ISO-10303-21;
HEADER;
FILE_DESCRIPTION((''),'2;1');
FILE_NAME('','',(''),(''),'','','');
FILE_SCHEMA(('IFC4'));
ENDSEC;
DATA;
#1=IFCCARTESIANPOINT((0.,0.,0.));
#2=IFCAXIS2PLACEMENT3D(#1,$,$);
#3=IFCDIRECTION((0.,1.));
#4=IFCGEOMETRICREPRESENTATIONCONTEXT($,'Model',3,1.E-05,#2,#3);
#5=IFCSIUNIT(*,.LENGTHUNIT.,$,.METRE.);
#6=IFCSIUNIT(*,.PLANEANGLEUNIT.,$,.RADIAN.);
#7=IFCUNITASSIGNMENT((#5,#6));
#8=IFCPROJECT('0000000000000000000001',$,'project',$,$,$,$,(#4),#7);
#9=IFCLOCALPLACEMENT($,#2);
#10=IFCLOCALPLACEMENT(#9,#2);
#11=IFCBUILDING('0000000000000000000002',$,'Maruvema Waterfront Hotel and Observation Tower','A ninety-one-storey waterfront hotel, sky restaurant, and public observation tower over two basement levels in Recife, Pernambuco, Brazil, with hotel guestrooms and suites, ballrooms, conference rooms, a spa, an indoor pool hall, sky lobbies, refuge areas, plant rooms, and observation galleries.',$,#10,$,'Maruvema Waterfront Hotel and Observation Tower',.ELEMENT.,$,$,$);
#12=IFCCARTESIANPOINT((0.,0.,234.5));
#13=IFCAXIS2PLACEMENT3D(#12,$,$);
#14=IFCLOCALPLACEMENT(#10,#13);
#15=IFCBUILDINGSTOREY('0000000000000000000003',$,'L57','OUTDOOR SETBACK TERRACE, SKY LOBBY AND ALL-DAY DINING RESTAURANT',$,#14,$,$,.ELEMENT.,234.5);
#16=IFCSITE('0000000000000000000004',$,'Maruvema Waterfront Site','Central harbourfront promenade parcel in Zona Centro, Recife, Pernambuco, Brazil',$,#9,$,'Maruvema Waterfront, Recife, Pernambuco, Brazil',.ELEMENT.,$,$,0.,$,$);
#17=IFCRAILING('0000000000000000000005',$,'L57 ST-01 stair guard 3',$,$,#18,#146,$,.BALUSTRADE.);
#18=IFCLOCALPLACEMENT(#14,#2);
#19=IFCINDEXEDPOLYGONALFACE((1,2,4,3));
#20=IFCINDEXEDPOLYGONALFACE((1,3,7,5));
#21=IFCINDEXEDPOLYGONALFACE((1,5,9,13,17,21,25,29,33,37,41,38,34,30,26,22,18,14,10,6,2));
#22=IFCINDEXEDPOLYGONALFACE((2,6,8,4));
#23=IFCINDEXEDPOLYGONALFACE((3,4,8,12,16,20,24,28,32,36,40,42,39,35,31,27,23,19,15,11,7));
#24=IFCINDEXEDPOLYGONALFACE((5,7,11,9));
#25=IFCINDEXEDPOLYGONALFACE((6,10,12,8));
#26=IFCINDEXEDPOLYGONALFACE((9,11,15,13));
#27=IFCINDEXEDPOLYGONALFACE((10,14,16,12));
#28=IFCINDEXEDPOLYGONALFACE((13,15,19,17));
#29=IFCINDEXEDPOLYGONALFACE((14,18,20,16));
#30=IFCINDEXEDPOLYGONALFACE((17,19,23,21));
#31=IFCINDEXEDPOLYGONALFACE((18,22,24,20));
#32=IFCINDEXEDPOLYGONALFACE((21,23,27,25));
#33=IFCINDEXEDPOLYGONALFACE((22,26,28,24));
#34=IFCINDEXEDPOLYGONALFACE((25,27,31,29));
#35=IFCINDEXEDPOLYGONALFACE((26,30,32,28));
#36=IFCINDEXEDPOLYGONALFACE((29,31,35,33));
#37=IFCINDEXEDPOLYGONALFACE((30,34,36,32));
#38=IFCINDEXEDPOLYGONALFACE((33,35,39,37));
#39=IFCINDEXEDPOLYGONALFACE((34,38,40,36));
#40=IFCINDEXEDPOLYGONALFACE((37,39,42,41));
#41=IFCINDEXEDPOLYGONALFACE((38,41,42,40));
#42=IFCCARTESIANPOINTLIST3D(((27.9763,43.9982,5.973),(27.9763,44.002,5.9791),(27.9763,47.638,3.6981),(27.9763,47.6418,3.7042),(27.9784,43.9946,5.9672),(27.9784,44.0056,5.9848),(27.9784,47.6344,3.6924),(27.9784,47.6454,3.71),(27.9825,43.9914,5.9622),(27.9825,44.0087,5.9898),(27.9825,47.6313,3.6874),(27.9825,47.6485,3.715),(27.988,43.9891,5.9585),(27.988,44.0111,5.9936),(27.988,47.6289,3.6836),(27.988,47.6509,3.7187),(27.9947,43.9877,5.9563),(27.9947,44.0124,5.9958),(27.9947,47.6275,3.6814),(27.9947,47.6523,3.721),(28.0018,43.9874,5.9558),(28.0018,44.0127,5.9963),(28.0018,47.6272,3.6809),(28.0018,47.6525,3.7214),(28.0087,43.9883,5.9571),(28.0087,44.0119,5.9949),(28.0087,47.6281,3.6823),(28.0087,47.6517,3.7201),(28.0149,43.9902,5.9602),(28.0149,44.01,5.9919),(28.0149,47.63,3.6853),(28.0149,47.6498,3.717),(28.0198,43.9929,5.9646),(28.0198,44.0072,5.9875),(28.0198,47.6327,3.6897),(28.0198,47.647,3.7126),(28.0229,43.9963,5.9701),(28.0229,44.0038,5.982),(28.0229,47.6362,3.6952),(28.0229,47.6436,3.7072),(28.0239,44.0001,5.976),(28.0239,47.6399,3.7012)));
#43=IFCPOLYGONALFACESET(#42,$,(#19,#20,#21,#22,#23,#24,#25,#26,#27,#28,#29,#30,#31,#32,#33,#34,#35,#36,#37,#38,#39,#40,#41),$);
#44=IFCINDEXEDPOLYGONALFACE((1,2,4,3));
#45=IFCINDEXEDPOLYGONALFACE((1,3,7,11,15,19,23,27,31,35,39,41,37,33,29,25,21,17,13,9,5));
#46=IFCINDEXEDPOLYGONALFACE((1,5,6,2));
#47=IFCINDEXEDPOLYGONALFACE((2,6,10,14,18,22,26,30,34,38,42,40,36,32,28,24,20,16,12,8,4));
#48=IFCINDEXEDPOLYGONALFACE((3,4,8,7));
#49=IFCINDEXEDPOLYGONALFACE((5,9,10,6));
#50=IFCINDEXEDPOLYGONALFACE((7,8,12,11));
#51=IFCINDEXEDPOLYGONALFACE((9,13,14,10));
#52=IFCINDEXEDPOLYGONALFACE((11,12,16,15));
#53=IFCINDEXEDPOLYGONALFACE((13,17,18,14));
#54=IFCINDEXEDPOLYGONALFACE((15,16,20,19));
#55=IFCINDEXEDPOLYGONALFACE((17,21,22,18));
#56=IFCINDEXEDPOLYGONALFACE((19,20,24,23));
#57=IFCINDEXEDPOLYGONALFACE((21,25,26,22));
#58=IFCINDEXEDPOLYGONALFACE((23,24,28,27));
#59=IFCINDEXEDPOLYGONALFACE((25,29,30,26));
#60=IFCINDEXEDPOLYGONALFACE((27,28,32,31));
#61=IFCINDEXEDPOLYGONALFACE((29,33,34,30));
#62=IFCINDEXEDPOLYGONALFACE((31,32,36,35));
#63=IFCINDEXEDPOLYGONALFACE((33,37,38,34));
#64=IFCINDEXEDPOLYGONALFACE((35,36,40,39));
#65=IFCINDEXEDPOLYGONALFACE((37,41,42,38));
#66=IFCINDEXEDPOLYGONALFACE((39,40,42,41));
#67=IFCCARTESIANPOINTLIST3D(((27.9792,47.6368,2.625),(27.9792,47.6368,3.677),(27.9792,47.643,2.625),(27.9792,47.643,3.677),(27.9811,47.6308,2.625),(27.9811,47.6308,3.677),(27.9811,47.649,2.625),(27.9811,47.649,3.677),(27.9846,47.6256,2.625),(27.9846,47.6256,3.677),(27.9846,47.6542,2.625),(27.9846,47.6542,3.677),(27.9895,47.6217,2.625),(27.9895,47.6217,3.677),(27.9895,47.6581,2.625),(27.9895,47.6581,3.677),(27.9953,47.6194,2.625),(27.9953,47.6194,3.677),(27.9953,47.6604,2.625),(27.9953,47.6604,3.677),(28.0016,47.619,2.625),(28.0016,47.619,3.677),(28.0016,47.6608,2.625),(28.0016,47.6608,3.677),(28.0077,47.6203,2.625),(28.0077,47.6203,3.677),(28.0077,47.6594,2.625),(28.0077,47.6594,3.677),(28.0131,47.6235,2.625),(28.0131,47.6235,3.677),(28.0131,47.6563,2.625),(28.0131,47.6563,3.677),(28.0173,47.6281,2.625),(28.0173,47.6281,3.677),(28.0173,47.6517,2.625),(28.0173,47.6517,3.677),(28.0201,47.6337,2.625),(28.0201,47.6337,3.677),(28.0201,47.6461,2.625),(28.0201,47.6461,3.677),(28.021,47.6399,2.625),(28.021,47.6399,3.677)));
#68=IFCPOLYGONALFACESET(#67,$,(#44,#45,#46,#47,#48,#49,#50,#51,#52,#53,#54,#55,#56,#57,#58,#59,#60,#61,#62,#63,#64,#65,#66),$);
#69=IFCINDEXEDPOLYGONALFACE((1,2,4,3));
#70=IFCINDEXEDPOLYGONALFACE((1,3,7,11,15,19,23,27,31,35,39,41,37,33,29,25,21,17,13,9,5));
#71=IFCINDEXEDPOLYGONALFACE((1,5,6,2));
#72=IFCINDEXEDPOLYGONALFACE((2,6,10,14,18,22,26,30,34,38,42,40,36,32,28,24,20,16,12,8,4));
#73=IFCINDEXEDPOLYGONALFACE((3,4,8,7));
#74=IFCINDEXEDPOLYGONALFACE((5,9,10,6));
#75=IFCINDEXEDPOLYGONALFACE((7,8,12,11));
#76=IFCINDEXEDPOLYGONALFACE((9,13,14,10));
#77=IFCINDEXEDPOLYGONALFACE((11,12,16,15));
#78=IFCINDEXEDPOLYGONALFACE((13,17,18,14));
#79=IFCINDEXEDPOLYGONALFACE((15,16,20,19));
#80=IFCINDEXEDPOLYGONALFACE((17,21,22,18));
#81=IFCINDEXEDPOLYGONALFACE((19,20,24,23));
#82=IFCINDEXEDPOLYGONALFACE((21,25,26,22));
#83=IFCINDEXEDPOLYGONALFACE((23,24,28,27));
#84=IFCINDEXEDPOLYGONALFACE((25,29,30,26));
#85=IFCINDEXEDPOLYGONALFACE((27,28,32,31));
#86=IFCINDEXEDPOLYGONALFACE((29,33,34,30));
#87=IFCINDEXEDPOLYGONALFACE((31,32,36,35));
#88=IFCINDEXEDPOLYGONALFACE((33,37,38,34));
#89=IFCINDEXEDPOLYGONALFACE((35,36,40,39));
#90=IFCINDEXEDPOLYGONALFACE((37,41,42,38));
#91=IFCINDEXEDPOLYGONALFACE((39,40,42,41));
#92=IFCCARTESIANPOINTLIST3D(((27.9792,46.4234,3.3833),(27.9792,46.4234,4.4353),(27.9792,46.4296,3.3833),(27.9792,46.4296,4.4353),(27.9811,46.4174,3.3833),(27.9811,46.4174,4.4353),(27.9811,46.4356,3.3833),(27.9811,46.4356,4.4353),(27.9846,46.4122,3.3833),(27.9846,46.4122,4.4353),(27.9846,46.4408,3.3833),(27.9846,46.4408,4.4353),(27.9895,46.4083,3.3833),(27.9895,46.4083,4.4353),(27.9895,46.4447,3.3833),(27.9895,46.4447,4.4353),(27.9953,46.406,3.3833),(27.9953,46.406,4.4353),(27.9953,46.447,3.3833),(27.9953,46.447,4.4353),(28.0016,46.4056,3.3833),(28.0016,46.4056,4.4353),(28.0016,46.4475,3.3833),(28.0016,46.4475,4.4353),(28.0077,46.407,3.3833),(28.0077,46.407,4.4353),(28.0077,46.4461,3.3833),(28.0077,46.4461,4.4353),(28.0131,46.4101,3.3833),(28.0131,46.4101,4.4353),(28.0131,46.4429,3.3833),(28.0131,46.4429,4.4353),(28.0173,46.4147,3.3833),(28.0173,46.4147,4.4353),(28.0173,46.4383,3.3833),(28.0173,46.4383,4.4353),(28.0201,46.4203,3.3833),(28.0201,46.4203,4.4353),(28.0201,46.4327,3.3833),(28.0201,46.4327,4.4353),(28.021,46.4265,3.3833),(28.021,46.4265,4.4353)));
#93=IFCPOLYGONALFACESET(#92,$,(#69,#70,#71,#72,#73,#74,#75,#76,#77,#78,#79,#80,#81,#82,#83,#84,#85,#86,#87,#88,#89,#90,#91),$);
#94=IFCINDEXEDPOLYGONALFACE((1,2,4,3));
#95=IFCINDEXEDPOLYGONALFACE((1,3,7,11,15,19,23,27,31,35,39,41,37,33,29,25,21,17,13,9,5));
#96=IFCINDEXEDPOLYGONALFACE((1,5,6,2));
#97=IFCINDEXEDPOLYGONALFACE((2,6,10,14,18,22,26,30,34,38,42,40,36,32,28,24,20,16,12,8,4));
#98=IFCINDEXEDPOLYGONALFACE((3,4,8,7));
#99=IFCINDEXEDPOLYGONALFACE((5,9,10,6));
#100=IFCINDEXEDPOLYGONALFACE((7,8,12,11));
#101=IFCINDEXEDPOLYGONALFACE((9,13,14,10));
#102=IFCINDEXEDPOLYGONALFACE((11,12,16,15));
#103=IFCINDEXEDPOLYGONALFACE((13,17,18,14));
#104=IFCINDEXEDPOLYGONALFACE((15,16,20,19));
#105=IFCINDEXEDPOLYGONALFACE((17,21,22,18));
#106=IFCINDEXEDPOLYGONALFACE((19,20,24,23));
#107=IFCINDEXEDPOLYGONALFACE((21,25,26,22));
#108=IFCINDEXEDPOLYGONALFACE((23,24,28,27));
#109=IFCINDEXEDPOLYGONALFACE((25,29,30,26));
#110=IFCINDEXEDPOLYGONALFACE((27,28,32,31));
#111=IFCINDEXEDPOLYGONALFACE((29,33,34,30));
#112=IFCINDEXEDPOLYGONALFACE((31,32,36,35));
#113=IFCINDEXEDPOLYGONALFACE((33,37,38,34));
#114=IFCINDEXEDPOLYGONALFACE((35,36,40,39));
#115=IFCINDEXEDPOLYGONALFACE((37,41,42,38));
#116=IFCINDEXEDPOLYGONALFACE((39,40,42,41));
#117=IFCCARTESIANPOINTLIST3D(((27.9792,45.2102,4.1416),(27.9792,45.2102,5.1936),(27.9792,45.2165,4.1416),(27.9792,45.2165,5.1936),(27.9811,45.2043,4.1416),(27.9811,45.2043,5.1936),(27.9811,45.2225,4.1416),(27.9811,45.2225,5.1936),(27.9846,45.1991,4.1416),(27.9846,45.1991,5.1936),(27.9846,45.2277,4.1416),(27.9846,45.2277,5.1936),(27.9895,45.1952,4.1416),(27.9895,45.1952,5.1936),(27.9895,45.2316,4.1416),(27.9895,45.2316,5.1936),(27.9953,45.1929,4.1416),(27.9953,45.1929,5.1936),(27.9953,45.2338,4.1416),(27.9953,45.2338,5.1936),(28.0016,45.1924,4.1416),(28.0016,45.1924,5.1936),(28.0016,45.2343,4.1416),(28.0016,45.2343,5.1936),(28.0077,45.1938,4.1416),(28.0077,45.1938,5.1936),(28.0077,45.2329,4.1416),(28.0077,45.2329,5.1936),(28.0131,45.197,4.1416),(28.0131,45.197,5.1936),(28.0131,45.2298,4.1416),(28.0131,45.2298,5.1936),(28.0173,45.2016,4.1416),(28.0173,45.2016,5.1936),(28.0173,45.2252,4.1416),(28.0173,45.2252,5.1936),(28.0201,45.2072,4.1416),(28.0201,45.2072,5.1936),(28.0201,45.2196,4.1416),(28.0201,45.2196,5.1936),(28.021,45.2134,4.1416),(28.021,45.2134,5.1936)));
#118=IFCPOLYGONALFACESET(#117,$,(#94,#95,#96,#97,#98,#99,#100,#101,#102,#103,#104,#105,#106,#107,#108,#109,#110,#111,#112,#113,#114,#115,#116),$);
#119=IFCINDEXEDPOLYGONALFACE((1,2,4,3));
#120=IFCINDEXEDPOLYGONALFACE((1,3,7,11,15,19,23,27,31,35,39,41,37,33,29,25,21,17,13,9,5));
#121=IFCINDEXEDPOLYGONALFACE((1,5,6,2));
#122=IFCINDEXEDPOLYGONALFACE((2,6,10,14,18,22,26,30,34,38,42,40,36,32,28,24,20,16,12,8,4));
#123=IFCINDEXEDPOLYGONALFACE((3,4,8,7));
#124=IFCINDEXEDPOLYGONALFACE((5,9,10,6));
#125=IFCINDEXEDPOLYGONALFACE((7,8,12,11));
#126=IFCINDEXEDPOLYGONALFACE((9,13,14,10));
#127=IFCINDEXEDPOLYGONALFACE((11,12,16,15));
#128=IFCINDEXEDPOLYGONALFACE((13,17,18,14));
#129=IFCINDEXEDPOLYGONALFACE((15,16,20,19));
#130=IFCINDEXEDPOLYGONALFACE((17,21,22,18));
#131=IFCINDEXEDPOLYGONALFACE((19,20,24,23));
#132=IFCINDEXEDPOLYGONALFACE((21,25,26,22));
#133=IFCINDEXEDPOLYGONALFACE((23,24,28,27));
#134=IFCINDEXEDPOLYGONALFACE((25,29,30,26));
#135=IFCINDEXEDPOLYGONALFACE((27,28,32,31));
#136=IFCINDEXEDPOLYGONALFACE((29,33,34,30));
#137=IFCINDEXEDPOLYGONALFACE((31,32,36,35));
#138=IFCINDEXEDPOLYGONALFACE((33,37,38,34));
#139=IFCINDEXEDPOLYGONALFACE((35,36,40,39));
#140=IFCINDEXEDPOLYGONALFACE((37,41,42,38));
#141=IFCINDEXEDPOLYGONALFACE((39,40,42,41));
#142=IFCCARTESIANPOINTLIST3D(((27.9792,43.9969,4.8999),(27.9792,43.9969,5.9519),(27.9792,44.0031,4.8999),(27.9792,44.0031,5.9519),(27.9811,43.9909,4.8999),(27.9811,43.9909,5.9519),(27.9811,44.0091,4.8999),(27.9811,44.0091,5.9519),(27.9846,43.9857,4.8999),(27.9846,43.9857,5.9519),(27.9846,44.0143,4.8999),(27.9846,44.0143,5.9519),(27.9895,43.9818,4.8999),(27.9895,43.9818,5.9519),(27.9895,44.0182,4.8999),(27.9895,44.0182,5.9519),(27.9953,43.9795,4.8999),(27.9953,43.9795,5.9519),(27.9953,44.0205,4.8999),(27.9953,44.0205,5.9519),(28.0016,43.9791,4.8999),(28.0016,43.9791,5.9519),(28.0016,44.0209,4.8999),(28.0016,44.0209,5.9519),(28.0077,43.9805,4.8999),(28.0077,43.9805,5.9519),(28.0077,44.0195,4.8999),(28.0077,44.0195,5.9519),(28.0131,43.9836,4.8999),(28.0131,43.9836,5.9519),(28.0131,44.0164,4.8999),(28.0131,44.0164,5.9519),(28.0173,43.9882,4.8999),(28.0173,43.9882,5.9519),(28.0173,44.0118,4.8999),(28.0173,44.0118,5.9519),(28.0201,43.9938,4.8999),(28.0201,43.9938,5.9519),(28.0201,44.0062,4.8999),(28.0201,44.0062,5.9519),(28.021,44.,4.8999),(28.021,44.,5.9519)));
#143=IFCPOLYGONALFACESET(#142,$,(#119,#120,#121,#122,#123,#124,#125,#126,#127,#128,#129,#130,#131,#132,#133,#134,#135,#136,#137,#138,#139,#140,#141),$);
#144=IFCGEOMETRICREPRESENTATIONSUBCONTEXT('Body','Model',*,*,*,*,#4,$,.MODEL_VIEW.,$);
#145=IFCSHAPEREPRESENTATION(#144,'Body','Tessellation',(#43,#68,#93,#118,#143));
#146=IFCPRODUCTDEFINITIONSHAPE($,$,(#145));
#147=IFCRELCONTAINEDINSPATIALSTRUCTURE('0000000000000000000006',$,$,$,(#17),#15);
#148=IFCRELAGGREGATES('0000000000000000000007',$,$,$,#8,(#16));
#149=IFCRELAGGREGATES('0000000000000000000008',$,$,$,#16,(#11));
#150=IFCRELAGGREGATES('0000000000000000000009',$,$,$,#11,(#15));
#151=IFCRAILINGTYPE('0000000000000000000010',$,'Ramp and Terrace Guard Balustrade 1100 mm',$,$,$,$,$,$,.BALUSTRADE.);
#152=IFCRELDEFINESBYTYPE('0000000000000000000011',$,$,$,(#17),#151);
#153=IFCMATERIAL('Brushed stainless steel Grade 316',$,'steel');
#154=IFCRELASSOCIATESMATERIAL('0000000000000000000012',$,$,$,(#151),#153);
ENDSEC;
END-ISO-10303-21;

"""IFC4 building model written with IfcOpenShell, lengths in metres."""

from ifc_helpers import new_model, si_unit, direction, frame, origin, origin_2d, place, context, subcontext, project, spatial, circle, extrude, material, type_object, element, save


model = new_model("IFC4")

# Units and contexts
model_context = context("Model", 3, precision=1e-05, world=origin(), true_north=direction((0.0, 1.0)))
body_context = subcontext(model_context, "Body", "Model", "MODEL_VIEW")
ifc_project = project(units=[si_unit("LENGTHUNIT", "METRE"), si_unit("PLANEANGLEUNIT", "RADIAN")], contexts=[model_context])

# Site, building, storey
site_placement = place(None, origin())
site = spatial("IfcSite", under=ifc_project, at=site_placement, Name="Maruvema Waterfront Site", Description="Central harbourfront promenade parcel in Zona Centro, Recife, Pernambuco, Brazil", LongName="Maruvema Waterfront, Recife, Pernambuco, Brazil", CompositionType="ELEMENT", RefElevation=0.0)
building_placement = place(site_placement, origin())
building = spatial("IfcBuilding", under=site, at=building_placement, Name="Maruvema Waterfront Hotel and Observation Tower", Description="A ninety-one-storey waterfront hotel, sky restaurant, and public observation tower over two basement levels in Recife, Pernambuco, Brazil, with hotel guestrooms and suites, ballrooms, conference rooms, a spa, an indoor pool hall, sky lobbies, refuge areas, plant rooms, and observation galleries.", LongName="Maruvema Waterfront Hotel and Observation Tower", CompositionType="ELEMENT")
storey_placement = place(building_placement, frame((0.0, 0.0, 234.5)))
storey = spatial("IfcBuildingStorey", under=building, at=storey_placement, Name="L57", Description="OUTDOOR SETBACK TERRACE, SKY LOBBY AND ALL-DAY DINING RESTAURANT", CompositionType="ELEMENT", Elevation=234.5)

# Railing
ifc_material_1 = material(Name="Brushed stainless steel Grade 316", Category="steel")
railing_type_1 = type_object("IfcRailingType", Name="Ramp and Terrace Guard Balustrade 1100 mm", PredefinedType="BALUSTRADE", material=ifc_material_1)
railing_1_placement = place(storey_placement, frame((28.0, 47.6399, 2.625)))
element("IfcRailing", 1, at=railing_1_placement, inside=storey, type_object=railing_type_1, Name="L57 ST-01 stair guard 3", PredefinedType="BALUSTRADE", context=body_context, shape_type="SweptSolid", body=[
    extrude(circle(Radius=0.0239, at=origin_2d()), frame((0.0, 0.0, 1.0762), z_axis=(0.0, -0.848001, 0.529994), x_axis=(1.0, 0.0, 0.0)), (0.0, 0.0, 1.0), 4.2922),
    extrude(circle(Radius=0.021, at=origin_2d()), origin(), (0.0, 0.0, 1.0), 1.052),
    extrude(circle(Radius=0.021, at=origin_2d()), frame((0.0, -1.2134, 0.7583)), (0.0, 0.0, 1.0), 1.052),
    extrude(circle(Radius=0.021, at=origin_2d()), frame((0.0, -2.4265, 1.5166)), (0.0, 0.0, 1.0), 1.052),
    extrude(circle(Radius=0.021, at=origin_2d()), frame((0.0, -3.6399, 2.2749)), (0.0, 0.0, 1.0), 1.052),
])

save(model, "model.ifc")
